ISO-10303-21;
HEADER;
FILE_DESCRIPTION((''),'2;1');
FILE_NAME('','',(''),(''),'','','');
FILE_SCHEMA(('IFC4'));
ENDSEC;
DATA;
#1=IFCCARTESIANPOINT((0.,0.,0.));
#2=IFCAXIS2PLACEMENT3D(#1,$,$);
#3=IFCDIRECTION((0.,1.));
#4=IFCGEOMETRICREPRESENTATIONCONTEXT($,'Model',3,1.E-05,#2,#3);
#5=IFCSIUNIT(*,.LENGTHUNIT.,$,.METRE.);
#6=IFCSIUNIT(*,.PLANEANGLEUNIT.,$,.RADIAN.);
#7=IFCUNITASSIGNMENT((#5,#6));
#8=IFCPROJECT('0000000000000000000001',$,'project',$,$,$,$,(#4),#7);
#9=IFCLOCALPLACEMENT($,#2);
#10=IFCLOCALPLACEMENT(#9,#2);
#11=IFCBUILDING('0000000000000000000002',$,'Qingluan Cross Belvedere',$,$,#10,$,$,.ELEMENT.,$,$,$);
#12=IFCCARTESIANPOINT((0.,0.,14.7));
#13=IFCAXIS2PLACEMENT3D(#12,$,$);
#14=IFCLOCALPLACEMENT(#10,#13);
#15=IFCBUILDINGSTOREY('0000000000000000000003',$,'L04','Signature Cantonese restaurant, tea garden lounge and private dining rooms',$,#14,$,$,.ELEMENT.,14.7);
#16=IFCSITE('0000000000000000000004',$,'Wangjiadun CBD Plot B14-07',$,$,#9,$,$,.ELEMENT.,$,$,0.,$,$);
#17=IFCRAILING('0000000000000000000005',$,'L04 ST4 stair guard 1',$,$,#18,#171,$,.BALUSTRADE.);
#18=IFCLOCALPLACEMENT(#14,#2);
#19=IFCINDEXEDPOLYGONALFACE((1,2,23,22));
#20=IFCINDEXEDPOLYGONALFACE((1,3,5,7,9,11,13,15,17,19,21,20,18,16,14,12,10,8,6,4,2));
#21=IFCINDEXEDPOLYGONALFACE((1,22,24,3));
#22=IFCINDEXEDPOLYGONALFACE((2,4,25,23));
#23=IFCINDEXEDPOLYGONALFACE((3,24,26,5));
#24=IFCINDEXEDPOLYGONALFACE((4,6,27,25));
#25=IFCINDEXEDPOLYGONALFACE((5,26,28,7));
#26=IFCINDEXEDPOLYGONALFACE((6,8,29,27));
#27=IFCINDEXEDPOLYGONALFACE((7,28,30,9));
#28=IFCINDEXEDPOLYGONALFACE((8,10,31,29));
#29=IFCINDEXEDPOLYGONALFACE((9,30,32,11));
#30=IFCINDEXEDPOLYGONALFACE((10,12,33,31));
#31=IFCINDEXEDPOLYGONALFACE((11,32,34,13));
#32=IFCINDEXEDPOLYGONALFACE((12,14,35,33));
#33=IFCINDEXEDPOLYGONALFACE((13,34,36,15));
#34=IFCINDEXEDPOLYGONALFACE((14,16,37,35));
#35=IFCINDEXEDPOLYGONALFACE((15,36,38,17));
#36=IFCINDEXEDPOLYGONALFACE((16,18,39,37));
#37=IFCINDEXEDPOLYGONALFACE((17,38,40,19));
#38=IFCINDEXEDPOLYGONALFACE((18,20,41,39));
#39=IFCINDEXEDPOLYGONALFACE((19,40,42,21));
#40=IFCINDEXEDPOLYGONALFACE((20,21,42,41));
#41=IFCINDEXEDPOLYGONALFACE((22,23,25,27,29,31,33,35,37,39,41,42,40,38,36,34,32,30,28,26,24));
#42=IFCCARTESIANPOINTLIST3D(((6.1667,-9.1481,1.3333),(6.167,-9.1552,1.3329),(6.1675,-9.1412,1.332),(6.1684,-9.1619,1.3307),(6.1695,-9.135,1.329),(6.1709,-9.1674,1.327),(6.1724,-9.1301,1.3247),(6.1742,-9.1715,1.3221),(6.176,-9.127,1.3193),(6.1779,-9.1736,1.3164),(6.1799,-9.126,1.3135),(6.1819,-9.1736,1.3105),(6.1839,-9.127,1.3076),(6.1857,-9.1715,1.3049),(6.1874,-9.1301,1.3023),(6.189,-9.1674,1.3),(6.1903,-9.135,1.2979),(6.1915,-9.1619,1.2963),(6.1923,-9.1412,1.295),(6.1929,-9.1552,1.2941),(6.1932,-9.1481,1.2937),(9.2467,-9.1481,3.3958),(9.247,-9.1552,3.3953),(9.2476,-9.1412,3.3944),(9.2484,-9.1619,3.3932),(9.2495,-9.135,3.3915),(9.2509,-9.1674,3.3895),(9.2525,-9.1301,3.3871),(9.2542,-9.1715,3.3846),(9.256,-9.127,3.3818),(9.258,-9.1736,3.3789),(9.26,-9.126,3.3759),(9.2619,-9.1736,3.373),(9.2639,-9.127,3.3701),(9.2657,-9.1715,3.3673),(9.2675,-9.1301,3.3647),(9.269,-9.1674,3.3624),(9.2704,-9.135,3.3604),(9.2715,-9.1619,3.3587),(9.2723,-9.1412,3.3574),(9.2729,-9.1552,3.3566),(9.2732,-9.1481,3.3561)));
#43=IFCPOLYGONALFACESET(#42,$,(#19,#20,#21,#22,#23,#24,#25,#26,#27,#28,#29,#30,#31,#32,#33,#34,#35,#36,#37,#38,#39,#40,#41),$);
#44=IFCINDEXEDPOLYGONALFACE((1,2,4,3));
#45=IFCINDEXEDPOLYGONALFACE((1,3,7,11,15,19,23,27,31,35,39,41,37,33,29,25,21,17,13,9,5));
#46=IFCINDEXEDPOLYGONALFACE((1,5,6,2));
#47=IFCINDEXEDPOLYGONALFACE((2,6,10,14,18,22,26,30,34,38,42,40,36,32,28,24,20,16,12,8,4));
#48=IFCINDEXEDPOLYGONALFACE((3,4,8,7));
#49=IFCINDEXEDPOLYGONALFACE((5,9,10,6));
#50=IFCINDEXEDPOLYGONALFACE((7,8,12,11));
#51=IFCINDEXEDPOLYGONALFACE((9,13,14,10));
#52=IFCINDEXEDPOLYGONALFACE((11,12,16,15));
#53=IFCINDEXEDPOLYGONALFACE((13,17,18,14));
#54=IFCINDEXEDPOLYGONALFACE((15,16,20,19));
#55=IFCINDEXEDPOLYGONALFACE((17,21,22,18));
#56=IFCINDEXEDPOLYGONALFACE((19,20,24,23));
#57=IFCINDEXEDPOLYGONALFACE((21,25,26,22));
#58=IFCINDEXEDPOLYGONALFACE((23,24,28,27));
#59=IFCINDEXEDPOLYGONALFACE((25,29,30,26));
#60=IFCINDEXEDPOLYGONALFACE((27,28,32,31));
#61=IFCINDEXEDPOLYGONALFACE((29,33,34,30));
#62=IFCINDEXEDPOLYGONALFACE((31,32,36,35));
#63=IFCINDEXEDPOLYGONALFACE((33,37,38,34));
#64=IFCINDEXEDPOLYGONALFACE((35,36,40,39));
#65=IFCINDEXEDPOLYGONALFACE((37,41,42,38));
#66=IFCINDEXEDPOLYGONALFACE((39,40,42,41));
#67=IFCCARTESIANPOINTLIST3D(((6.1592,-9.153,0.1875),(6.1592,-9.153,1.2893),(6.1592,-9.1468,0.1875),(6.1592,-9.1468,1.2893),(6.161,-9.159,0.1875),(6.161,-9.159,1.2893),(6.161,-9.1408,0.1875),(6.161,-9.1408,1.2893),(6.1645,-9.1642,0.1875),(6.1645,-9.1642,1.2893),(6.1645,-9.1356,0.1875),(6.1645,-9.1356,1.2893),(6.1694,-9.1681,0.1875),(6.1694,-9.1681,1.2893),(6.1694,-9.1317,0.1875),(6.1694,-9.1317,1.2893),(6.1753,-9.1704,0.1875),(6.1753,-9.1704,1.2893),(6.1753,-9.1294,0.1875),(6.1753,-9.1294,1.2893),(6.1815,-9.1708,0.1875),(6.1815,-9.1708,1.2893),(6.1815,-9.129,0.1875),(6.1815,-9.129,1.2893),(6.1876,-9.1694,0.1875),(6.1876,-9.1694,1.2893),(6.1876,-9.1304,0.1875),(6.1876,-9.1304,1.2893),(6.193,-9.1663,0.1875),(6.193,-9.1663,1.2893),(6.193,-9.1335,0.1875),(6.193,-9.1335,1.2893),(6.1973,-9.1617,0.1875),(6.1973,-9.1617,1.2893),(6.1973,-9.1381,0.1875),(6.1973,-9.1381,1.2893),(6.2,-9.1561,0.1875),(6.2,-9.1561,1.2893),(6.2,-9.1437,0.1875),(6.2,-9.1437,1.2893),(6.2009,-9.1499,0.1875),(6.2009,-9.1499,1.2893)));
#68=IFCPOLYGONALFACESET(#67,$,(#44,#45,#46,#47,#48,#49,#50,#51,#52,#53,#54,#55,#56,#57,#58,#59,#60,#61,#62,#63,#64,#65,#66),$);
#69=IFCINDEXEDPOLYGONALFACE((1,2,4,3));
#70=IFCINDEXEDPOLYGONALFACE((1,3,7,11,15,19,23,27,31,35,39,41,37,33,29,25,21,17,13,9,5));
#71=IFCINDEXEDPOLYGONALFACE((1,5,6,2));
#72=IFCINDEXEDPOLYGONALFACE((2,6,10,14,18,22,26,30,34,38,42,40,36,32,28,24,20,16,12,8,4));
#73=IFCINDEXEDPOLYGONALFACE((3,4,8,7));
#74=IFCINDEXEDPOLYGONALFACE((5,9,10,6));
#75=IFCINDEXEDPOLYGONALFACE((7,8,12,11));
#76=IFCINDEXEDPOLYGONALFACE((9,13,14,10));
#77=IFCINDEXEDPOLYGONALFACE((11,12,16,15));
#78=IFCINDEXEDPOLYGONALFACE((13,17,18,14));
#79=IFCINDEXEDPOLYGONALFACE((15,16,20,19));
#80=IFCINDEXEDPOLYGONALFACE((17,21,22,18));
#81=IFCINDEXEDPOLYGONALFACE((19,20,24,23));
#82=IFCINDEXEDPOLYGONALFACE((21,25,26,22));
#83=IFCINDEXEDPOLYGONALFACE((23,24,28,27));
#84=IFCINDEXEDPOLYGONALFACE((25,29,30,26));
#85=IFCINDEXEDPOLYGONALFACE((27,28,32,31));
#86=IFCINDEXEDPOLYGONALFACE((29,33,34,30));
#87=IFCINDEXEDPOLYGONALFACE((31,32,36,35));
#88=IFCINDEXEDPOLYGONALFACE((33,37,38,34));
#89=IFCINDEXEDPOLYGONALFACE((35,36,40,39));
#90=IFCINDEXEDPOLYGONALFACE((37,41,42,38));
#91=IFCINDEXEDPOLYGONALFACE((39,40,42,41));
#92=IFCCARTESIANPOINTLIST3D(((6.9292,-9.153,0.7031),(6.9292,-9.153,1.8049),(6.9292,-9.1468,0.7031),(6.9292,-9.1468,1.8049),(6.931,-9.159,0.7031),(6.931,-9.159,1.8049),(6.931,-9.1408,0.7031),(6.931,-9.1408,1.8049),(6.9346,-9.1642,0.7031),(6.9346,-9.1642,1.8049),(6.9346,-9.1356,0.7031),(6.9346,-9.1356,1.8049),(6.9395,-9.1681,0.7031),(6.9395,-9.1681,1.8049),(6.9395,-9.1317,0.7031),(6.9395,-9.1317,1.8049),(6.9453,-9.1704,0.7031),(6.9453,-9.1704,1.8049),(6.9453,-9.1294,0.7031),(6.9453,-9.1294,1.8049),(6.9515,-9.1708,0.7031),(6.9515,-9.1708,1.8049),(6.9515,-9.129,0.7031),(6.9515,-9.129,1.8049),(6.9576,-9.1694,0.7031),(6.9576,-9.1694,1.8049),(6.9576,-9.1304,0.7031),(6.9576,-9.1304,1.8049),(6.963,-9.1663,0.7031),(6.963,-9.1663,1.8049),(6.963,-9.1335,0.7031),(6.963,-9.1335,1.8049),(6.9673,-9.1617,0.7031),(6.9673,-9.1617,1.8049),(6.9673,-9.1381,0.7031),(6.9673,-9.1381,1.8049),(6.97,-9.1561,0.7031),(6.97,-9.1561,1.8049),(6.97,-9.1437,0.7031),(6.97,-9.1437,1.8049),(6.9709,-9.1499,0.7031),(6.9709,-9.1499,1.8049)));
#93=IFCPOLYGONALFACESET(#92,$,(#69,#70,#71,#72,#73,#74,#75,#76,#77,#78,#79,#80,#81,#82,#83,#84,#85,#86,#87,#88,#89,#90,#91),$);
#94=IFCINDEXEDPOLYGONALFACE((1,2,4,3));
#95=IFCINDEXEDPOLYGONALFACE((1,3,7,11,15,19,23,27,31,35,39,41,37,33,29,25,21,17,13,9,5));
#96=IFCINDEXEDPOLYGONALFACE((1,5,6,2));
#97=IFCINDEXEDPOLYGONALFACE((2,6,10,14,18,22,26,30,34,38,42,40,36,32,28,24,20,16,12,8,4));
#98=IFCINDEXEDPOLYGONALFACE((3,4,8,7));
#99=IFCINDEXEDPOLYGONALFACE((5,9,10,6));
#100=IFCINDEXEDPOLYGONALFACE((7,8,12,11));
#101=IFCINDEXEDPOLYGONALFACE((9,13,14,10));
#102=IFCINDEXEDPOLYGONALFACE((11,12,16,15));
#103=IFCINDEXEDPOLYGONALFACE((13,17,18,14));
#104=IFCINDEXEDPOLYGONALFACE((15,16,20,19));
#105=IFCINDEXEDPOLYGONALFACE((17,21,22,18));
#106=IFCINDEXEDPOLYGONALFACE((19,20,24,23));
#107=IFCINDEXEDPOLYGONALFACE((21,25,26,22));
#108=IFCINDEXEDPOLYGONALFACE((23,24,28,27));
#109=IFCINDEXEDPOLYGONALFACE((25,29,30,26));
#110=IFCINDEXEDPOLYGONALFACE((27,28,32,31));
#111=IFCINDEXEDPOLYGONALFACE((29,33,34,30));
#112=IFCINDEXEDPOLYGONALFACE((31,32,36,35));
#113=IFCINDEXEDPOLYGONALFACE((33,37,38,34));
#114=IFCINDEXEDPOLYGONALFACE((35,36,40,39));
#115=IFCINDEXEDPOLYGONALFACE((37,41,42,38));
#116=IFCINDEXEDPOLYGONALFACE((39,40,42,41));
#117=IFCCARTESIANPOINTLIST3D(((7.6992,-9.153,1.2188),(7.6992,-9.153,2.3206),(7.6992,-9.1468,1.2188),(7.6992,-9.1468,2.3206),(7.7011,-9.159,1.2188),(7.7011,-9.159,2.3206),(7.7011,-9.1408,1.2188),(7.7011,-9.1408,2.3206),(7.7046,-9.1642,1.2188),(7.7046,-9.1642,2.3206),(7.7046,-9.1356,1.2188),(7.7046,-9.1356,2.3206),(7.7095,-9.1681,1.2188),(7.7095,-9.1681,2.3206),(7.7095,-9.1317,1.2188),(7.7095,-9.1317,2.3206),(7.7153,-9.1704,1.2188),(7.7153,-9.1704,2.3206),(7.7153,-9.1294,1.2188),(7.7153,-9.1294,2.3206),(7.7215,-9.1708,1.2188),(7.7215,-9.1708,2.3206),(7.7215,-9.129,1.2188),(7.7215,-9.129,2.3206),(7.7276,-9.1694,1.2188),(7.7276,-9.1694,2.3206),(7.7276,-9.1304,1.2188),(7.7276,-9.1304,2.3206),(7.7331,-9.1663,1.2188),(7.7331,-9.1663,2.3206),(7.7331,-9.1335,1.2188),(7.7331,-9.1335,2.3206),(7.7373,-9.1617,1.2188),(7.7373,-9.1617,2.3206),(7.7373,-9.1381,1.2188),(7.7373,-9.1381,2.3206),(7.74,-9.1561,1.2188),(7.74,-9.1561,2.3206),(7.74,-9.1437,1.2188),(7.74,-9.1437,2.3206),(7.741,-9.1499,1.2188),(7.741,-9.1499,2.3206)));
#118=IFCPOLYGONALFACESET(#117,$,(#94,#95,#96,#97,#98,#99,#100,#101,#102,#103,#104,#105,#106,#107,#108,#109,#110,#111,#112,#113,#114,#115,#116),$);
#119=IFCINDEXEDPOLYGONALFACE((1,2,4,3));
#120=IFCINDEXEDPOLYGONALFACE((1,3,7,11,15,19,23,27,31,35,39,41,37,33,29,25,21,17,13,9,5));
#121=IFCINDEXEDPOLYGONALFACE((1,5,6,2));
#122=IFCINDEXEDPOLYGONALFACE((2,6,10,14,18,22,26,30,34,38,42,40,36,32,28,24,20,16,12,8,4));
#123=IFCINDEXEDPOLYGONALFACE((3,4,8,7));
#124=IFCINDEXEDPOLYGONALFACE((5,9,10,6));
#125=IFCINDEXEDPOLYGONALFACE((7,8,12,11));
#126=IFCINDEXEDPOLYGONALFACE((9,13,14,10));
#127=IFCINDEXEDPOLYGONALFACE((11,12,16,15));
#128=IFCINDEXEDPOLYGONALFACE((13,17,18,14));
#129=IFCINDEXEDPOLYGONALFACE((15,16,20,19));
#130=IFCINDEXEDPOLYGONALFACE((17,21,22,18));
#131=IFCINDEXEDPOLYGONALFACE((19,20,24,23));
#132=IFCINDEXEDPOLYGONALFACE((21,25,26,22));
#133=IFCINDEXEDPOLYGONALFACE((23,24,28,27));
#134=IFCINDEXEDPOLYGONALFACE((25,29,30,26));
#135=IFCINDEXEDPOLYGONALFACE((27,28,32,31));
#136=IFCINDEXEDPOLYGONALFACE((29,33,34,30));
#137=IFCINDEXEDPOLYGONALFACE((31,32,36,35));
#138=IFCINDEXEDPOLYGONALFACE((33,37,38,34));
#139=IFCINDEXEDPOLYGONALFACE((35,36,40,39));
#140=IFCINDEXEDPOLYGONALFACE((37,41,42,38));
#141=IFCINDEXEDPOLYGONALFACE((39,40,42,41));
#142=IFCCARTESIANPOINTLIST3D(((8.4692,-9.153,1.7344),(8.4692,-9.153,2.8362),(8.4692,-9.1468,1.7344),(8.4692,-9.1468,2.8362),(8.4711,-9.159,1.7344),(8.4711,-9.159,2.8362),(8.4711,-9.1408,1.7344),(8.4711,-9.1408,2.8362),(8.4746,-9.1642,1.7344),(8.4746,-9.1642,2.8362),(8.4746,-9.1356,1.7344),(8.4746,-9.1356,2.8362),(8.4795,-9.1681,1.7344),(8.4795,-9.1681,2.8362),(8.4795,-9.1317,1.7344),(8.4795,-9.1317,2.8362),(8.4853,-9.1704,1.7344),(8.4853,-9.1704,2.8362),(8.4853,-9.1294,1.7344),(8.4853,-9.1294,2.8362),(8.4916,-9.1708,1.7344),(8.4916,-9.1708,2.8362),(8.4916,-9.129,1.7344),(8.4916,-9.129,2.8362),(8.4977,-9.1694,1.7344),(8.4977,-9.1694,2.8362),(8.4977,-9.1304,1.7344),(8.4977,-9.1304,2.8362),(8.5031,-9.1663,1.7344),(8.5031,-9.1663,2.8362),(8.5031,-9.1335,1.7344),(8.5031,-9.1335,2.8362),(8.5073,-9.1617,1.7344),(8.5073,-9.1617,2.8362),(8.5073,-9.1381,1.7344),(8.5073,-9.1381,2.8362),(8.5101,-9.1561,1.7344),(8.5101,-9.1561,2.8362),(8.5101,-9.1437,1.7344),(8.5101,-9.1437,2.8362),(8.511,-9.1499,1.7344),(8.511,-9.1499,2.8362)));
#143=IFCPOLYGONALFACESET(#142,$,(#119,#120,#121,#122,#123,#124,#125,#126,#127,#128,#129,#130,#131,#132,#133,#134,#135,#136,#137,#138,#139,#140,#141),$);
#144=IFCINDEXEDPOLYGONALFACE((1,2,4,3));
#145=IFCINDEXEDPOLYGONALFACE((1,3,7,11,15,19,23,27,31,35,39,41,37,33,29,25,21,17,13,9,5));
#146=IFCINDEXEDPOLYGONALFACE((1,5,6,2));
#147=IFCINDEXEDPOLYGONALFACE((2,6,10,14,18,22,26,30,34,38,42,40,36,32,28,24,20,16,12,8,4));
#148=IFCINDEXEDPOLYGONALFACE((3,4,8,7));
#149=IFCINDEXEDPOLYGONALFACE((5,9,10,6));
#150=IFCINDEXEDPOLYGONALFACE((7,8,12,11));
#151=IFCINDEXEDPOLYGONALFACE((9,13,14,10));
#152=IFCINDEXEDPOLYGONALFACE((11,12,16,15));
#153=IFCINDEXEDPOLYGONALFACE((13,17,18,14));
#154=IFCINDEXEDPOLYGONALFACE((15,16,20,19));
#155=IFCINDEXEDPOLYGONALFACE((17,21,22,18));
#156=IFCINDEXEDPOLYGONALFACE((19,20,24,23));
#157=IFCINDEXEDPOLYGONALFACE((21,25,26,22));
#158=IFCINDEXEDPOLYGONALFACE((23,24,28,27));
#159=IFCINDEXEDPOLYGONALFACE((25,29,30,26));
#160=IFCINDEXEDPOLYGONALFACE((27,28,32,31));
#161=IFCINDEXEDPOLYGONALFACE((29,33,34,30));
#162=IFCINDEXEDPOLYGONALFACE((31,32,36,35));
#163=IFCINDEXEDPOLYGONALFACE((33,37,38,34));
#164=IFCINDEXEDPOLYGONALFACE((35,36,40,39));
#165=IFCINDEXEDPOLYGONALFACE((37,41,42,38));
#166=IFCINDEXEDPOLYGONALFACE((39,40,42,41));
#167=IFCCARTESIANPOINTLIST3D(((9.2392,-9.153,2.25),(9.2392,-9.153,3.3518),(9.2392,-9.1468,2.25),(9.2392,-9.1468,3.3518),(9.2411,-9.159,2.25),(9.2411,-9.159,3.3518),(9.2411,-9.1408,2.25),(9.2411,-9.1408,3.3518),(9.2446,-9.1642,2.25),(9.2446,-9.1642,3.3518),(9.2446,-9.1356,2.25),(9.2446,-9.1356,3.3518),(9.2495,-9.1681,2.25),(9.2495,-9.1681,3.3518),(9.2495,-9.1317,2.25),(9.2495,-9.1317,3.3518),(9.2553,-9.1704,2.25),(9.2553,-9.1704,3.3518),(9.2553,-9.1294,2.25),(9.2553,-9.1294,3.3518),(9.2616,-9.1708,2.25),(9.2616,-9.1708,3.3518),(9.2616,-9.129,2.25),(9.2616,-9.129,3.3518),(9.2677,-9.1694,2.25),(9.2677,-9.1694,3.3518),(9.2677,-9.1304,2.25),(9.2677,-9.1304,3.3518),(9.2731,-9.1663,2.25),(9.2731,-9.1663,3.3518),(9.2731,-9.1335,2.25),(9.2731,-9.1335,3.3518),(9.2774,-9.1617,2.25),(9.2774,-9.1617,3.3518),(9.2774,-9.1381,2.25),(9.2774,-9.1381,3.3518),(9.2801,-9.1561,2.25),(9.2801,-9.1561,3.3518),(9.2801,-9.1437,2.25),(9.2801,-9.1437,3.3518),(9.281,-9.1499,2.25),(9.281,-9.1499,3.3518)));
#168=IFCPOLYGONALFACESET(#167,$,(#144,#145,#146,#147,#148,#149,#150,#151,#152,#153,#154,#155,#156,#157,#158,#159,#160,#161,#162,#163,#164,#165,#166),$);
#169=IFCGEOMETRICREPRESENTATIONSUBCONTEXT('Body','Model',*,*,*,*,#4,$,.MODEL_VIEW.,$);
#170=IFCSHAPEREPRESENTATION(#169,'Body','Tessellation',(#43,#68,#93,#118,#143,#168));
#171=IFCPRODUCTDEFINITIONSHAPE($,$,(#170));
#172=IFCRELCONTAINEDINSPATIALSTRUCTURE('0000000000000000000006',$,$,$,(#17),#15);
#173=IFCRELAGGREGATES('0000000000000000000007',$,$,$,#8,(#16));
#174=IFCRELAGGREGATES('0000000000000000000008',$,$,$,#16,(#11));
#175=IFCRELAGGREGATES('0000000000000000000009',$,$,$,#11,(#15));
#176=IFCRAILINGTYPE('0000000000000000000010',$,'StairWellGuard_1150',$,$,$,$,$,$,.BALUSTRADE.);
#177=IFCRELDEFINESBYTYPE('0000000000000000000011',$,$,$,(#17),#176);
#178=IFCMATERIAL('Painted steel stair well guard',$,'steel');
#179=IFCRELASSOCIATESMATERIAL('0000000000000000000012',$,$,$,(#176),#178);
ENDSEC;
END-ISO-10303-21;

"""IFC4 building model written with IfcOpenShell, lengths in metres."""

from ifc_helpers import new_model, si_unit, direction, frame, origin, origin_2d, place, context, subcontext, project, spatial, circle, extrude, material, type_object, element, save


model = new_model("IFC4")

# Units and contexts
model_context = context("Model", 3, precision=1e-05, world=origin(), true_north=direction((0.0, 1.0)))
body_context = subcontext(model_context, "Body", "Model", "MODEL_VIEW")
ifc_project = project(units=[si_unit("LENGTHUNIT", "METRE"), si_unit("PLANEANGLEUNIT", "RADIAN")], contexts=[model_context])

# Site, building, storey
site_placement = place(None, origin())
site = spatial("IfcSite", under=ifc_project, at=site_placement, Name="Wangjiadun CBD Plot B14-07", CompositionType="ELEMENT", RefElevation=0.0)
building_placement = place(site_placement, origin())
building = spatial("IfcBuilding", under=site, at=building_placement, Name="Qingluan Cross Belvedere", CompositionType="ELEMENT")
storey_placement = place(building_placement, frame((0.0, 0.0, 14.7)))
storey = spatial("IfcBuildingStorey", under=building, at=storey_placement, Name="L04", Description="Signature Cantonese restaurant, tea garden lounge and private dining rooms", CompositionType="ELEMENT", Elevation=14.7)

# Railing
ifc_material_1 = material(Name="Painted steel stair well guard", Category="steel")
railing_type_1 = type_object("IfcRailingType", Name="StairWellGuard_1150", PredefinedType="BALUSTRADE", material=ifc_material_1)
railing_1_placement = place(storey_placement, frame((6.1799, -9.1499, 0.1875)))
element("IfcRailing", 1, at=railing_1_placement, inside=storey, type_object=railing_type_1, Name="L04 ST4 stair guard 1", PredefinedType="BALUSTRADE", context=body_context, shape_type="SweptSolid", body=[
    extrude(circle(Radius=0.0239, at=origin_2d()), frame((0.0, 0.0, 1.126), z_axis=(0.830914, 0.0, 0.556401), x_axis=(0.0, 1.0, 0.0)), (0.0, 0.0, 1.0), 3.7068),
    extrude(circle(Radius=0.021, at=origin_2d()), origin(), (0.0, 0.0, 1.0), 1.1018),
    extrude(circle(Radius=0.021, at=origin_2d()), frame((0.77, 0.0, 0.5156)), (0.0, 0.0, 1.0), 1.1018),
    extrude(circle(Radius=0.021, at=origin_2d()), frame((1.54, 0.0, 1.0312)), (0.0, 0.0, 1.0), 1.1018),
    extrude(circle(Radius=0.021, at=origin_2d()), frame((2.3101, 0.0, 1.5469)), (0.0, 0.0, 1.0), 1.1018),
    extrude(circle(Radius=0.021, at=origin_2d()), frame((3.0801, 0.0, 2.0625)), (0.0, 0.0, 1.0), 1.1018),
])

save(model, "model.ifc")
